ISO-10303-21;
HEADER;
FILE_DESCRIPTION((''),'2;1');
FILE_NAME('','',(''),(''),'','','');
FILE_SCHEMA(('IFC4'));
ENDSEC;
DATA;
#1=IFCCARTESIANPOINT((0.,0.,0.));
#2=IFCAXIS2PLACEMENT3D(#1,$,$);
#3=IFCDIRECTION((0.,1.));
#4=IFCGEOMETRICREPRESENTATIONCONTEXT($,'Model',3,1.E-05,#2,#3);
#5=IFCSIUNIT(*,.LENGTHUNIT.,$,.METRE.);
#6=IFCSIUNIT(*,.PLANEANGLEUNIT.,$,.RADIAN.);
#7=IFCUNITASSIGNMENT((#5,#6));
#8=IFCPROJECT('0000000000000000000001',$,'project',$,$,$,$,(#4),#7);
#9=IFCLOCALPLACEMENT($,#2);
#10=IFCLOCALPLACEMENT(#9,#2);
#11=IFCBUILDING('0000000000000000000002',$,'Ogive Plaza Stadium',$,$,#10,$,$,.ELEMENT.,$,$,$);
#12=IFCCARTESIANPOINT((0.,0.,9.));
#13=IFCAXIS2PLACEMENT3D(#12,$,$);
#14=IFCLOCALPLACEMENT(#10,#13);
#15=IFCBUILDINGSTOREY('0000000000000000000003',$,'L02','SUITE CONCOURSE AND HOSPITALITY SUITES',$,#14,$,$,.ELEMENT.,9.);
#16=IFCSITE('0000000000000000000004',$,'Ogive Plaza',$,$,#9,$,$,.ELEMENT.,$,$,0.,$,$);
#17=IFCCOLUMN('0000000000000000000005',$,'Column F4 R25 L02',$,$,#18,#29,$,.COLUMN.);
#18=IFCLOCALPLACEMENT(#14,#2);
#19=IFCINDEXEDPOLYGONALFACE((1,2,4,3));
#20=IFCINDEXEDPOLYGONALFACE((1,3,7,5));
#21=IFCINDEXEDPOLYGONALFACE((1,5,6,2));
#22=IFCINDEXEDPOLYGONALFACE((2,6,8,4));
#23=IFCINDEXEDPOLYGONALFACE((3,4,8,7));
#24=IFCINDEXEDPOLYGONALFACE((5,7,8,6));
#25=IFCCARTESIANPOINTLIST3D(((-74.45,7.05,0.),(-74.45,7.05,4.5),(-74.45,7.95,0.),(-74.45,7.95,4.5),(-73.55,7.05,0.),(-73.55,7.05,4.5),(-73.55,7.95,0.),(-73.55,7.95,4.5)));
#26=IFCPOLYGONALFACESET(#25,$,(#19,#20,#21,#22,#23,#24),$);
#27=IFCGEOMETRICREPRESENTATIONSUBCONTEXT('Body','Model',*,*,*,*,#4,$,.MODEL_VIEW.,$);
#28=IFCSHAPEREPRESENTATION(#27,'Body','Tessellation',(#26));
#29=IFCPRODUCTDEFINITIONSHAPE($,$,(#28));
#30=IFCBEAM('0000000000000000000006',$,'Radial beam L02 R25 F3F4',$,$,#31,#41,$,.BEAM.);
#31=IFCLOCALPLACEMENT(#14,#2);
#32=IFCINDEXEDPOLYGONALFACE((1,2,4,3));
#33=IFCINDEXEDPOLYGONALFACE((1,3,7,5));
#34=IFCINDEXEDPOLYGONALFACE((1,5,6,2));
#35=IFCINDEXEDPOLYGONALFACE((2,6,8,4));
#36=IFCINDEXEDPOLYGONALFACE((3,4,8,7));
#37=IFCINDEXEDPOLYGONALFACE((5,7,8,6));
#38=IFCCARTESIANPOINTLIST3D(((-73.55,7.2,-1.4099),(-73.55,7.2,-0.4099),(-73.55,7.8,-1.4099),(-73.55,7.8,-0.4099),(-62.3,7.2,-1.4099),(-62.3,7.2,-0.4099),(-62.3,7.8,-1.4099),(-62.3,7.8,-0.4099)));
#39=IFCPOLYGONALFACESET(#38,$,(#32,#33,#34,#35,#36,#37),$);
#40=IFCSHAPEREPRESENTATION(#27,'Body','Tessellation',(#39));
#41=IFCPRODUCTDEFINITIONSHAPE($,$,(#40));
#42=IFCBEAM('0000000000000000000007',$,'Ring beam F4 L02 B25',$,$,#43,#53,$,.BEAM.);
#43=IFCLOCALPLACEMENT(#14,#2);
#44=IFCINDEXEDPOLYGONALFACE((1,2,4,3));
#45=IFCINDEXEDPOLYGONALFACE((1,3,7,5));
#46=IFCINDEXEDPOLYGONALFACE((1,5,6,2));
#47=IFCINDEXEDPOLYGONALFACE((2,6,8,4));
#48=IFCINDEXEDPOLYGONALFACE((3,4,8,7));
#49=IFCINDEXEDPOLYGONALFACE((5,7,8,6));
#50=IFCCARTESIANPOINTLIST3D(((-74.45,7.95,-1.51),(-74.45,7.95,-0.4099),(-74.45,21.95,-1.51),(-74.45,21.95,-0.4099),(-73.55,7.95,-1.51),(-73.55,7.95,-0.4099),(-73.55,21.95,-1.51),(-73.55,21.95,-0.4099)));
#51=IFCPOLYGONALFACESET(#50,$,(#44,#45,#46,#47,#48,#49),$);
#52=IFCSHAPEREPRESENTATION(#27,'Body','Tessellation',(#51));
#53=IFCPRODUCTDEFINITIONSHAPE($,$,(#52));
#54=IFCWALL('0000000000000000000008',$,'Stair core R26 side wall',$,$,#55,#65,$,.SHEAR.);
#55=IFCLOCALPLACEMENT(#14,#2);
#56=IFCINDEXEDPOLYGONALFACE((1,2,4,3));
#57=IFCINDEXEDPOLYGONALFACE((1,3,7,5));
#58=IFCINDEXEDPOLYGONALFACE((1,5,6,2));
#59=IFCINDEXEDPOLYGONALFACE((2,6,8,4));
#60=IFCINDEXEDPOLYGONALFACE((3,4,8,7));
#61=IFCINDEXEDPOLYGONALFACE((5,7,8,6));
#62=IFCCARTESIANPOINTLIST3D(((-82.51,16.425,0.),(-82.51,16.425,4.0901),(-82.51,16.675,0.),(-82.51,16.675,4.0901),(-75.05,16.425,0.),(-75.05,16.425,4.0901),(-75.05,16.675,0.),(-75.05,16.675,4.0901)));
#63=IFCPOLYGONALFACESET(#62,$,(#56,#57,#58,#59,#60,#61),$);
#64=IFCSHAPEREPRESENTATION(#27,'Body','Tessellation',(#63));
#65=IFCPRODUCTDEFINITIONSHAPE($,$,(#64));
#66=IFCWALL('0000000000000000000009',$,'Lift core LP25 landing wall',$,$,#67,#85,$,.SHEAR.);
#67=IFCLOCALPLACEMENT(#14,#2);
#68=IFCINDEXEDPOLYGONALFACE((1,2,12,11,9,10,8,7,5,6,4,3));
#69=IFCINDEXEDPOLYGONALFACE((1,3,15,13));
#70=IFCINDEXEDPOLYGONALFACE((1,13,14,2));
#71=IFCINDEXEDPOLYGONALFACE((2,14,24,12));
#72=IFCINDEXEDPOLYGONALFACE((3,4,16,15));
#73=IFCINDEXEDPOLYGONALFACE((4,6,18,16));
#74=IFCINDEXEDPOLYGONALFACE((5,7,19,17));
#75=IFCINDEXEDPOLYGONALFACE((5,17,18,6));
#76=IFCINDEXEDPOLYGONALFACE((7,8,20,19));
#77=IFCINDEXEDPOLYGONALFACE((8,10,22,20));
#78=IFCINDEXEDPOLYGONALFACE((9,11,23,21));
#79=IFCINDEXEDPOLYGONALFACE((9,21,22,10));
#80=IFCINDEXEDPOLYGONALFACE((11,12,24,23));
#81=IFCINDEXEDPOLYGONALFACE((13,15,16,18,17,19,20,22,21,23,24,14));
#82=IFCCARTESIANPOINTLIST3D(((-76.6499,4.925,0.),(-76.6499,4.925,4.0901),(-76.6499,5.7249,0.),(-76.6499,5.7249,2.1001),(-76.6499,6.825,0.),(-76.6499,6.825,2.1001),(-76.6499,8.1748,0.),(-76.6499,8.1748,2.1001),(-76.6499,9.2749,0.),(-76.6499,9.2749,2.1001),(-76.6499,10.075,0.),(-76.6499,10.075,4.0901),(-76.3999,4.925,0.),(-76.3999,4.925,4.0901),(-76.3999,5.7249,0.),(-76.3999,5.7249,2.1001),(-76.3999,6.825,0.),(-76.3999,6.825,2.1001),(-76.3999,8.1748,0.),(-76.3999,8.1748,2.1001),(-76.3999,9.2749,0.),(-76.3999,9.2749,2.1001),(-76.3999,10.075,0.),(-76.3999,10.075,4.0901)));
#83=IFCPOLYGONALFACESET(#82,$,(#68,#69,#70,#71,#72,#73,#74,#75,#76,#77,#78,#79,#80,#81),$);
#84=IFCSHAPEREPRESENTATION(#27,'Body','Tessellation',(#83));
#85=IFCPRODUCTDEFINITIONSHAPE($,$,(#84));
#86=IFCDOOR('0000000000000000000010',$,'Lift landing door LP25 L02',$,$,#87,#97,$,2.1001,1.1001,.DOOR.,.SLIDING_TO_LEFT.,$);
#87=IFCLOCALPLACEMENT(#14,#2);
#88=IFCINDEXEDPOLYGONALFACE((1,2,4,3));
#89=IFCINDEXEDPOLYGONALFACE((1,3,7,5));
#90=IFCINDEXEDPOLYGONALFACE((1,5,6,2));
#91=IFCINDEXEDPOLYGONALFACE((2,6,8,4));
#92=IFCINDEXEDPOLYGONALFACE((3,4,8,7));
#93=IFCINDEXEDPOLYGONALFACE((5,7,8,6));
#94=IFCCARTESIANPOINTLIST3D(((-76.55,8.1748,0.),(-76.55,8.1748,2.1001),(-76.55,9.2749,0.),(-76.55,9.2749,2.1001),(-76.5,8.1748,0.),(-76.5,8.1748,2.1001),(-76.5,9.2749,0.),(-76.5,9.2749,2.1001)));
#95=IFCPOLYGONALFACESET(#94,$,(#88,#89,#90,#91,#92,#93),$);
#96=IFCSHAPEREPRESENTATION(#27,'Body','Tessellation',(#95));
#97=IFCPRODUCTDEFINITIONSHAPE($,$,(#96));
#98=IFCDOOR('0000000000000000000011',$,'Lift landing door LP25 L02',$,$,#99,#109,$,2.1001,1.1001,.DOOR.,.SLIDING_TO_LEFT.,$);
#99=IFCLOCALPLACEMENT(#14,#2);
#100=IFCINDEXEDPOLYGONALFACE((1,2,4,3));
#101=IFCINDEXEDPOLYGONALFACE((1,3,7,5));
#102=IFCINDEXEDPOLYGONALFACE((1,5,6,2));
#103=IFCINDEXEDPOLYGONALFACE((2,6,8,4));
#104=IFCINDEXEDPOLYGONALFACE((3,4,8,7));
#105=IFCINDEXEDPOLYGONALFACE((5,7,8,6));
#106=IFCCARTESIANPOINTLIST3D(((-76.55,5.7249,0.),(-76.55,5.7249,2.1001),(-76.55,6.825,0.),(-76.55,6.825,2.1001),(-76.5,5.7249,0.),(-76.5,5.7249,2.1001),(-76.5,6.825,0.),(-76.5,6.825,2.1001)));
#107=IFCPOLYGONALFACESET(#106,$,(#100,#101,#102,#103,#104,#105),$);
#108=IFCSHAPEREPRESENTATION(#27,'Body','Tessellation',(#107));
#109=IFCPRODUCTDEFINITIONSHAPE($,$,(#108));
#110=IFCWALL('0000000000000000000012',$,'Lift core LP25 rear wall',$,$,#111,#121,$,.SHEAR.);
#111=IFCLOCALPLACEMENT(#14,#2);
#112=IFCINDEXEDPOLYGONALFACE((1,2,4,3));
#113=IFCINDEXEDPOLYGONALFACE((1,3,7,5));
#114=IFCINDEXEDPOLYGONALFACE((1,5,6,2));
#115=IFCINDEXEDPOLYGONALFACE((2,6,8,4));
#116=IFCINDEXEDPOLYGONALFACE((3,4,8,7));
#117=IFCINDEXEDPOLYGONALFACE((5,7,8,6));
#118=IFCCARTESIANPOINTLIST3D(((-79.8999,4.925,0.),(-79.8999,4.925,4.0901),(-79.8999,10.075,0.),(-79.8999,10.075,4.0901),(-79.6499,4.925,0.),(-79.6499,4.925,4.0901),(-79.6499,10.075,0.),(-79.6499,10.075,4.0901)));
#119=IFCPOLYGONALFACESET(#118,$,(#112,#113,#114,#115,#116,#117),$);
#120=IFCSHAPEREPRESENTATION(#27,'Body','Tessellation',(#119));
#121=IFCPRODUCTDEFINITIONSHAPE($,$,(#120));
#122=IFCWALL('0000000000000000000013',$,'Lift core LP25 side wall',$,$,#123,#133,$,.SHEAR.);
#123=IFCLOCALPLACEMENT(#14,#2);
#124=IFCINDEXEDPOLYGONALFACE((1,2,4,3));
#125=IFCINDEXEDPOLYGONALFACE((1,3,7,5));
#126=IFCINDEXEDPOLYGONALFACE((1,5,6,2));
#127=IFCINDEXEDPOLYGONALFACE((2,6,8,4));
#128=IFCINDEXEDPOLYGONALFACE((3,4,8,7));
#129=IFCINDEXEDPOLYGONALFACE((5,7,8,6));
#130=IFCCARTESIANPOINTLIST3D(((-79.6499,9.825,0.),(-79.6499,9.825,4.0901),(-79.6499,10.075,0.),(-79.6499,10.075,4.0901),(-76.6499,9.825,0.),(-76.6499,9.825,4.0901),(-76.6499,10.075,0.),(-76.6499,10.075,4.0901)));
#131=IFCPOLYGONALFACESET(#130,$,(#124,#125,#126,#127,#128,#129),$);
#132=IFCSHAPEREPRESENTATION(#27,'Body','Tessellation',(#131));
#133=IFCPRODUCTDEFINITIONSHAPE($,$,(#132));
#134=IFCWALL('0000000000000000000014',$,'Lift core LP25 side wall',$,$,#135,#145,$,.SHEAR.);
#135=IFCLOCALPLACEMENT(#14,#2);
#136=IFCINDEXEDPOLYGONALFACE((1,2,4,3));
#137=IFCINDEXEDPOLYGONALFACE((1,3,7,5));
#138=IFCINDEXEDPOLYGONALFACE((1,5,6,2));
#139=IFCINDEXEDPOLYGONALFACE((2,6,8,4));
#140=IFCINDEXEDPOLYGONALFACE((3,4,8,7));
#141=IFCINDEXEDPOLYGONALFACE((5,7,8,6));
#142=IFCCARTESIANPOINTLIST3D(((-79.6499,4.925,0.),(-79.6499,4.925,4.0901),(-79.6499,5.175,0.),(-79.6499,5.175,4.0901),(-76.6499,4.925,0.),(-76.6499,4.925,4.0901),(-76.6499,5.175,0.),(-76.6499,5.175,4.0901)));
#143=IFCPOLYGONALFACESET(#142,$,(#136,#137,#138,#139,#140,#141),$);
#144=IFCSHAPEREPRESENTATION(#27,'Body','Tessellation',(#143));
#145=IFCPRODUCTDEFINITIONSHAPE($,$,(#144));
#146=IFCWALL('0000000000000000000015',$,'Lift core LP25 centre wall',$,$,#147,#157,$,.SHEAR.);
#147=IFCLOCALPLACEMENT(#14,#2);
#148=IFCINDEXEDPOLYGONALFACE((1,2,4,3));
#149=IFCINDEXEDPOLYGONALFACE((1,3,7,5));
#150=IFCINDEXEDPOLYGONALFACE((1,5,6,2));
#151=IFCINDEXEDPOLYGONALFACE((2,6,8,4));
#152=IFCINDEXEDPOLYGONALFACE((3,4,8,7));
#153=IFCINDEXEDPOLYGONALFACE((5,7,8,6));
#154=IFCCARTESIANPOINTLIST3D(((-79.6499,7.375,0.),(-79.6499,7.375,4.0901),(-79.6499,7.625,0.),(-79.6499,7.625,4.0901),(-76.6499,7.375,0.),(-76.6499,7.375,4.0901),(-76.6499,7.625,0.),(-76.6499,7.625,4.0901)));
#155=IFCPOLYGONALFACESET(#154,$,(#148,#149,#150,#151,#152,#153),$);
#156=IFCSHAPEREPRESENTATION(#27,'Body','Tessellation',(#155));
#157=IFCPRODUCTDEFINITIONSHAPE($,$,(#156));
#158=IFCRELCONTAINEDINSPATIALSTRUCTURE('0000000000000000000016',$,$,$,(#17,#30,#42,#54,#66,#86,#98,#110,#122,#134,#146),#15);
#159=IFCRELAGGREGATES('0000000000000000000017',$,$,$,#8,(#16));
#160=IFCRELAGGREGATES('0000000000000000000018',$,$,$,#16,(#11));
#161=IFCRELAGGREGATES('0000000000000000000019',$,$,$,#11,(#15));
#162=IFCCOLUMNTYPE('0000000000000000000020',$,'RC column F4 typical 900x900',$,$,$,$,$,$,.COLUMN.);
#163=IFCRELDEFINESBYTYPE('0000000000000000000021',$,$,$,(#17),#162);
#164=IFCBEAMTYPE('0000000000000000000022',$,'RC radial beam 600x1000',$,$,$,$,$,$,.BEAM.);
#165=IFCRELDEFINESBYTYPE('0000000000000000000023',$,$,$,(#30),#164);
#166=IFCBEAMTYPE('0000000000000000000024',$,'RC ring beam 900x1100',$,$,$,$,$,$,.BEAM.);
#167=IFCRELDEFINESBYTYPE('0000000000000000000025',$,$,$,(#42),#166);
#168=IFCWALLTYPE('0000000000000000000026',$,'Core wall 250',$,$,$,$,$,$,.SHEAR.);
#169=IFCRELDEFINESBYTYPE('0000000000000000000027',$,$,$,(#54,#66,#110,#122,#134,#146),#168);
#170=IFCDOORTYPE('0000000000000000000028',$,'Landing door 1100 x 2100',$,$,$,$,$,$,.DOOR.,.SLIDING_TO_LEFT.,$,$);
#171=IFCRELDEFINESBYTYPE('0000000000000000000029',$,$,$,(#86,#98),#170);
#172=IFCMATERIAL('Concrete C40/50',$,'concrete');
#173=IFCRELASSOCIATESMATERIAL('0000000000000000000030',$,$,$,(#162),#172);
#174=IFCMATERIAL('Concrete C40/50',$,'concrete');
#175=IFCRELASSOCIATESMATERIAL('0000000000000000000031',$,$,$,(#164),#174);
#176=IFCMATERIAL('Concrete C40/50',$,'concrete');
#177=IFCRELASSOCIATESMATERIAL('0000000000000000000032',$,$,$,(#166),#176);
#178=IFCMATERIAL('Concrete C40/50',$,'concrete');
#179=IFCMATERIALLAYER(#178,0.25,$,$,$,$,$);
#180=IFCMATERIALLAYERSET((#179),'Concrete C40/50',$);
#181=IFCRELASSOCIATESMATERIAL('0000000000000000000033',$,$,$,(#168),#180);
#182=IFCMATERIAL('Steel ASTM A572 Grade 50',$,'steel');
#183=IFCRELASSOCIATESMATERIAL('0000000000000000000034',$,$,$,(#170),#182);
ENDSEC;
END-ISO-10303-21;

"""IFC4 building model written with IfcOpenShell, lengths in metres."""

from ifc_helpers import new_model, si_unit, direction, frame, frame_2d, origin, origin_2d, place, context, subcontext, project, spatial, rectangle, extrude, material, layer, layer_set, material_profile, profile_set, type_object, element, fill, save


model = new_model("IFC4")

# Units and contexts
model_context = context("Model", 3, precision=1e-05, world=origin(), true_north=direction((0.0, 1.0)))
body_context = subcontext(model_context, "Body", "Model", "MODEL_VIEW")
ifc_project = project(units=[si_unit("LENGTHUNIT", "METRE"), si_unit("PLANEANGLEUNIT", "RADIAN")], contexts=[model_context])

# Site, building, storey
site_placement = place(None, origin())
site = spatial("IfcSite", under=ifc_project, at=site_placement, Name="Ogive Plaza", CompositionType="ELEMENT", RefElevation=0.0)
building_placement = place(site_placement, origin())
building = spatial("IfcBuilding", under=site, at=building_placement, Name="Ogive Plaza Stadium", CompositionType="ELEMENT")
storey_placement = place(building_placement, frame((0.0, 0.0, 9.0)))
storey = spatial("IfcBuildingStorey", under=building, at=storey_placement, Name="L02", Description="SUITE CONCOURSE AND HOSPITALITY SUITES", CompositionType="ELEMENT", Elevation=9.0)

# Column
ifc_material_1 = material(Name="Concrete C40/50", Category="concrete")
ifc_material_profile_1 = material_profile(ifc_material_1, rectangle(XDim=0.8999, YDim=0.8999, at=origin_2d()), Name="RC 900x900")
ifc_profile_set_1 = profile_set([ifc_material_profile_1], Name="Concrete C40/50")
column_type = type_object("IfcColumnType", Name="RC column F4 typical 900x900", PredefinedType="COLUMN", material=ifc_profile_set_1)
column_placement = place(storey_placement, frame((-74.0, 7.5, 0.0), z_axis=(0.0, 0.0, 1.0), x_axis=(0.0, -1.0, 0.0)))
element("IfcColumn", 1, at=column_placement, inside=storey, type_object=column_type, Name="Column F4 R25 L02", PredefinedType="COLUMN", context=body_context, shape_type="SweptSolid", body=[
    extrude(rectangle(XDim=0.8999, YDim=0.8999, at=origin_2d()), origin(), (0.0, 0.0, 1.0), 4.5),
])

# Beams
ifc_material_2 = material(Name="Concrete C40/50", Category="concrete")
ifc_material_profile_2 = material_profile(ifc_material_2, rectangle(XDim=0.6001, YDim=1.0, at=origin_2d()), Name="RC 600x1000")
ifc_profile_set_2 = profile_set([ifc_material_profile_2], Name="Concrete C40/50")
beam_type_1 = type_object("IfcBeamType", Name="RC radial beam 600x1000", PredefinedType="BEAM", material=ifc_profile_set_2)
beam_1_placement = place(storey_placement, frame((-62.3, 7.5, -0.9099), z_axis=(-1.0, 0.0, 0.0), x_axis=(0.0, -1.0, 0.0)))
element("IfcBeam", 2, at=beam_1_placement, inside=storey, type_object=beam_type_1, Name="Radial beam L02 R25 F3F4", PredefinedType="BEAM", context=body_context, shape_type="SweptSolid", body=[
    extrude(rectangle(XDim=0.6001, YDim=1.0, at=origin_2d()), origin(), (0.0, 0.0, 1.0), 11.25),
])
ifc_material_3 = material(Name="Concrete C40/50", Category="concrete")
ifc_material_profile_3 = material_profile(ifc_material_3, rectangle(XDim=0.8999, YDim=1.1001, at=origin_2d()), Name="RC 900x1100")
ifc_profile_set_3 = profile_set([ifc_material_profile_3], Name="Concrete C40/50")
beam_type_2 = type_object("IfcBeamType", Name="RC ring beam 900x1100", PredefinedType="BEAM", material=ifc_profile_set_3)
beam_2_placement = place(storey_placement, frame((-74.0, 7.95, -0.96), z_axis=(0.0, 1.0, 0.0), x_axis=(-1.0, 0.0, 0.0)))
element("IfcBeam", 3, at=beam_2_placement, inside=storey, type_object=beam_type_2, Name="Ring beam F4 L02 B25", PredefinedType="BEAM", context=body_context, shape_type="SweptSolid", body=[
    extrude(rectangle(XDim=0.8999, YDim=1.1001, at=origin_2d()), origin(), (0.0, 0.0, 1.0), 14.0),
])

# Wall
ifc_material_4 = material(Name="Concrete C40/50", Category="concrete")
ifc_layer = layer(ifc_material_4, 0.25)
ifc_layer_set = layer_set([ifc_layer], Name="Concrete C40/50")
wall_type = type_object("IfcWallType", Name="Core wall 250", PredefinedType="SHEAR", material=ifc_layer_set)
wall_1_placement = place(storey_placement, frame((-75.05, 16.55, 0.0), z_axis=(0.0, 0.0, 1.0), x_axis=(-1.0, 0.0, 0.0)))
element("IfcWall", 4, at=wall_1_placement, inside=storey, type_object=wall_type, Name="Stair core R26 side wall", PredefinedType="SHEAR", context=body_context, shape_type="SweptSolid", body=[
    extrude(rectangle(XDim=7.46, YDim=0.25, at=frame_2d((3.73, 0.0))), origin(), (0.0, 0.0, 1.0), 4.0901),
])

# Wall, openings, doors
wall_2_placement = place(storey_placement, frame((-76.5249, 10.075, 0.0), z_axis=(0.0, 0.0, 1.0), x_axis=(0.0, -1.0, 0.0)))
wall_2 = element("IfcWall", 5, at=wall_2_placement, inside=storey, type_object=wall_type, Name="Lift core LP25 landing wall", PredefinedType="SHEAR", context=body_context, shape_type="SweptSolid", body=[
    extrude(rectangle(XDim=5.1499, YDim=0.25, at=frame_2d((2.575, 0.0))), origin(), (0.0, 0.0, 1.0), 4.0901),
])
opening_1_placement = place(wall_2_placement, frame((0.8, 0.0, 0.0)))
opening_1 = element("IfcOpeningElement", 6, at=opening_1_placement, cuts=wall_2, PredefinedType="OPENING", context=body_context, shape_type="SweptSolid", body=[
    extrude(rectangle(XDim=1.1001, YDim=2.1001, at=frame_2d((0.55, 1.05))), frame((0.0, 0.125, 0.0), z_axis=(0.0, -1.0, 0.0), x_axis=(1.0, 0.0, 0.0)), (0.0, 0.0, 1.0), 0.25),
])
opening_2_placement = place(wall_2_placement, frame((3.25, 0.0, 0.0)))
opening_2 = element("IfcOpeningElement", 7, at=opening_2_placement, cuts=wall_2, PredefinedType="OPENING", context=body_context, shape_type="SweptSolid", body=[
    extrude(rectangle(XDim=1.1001, YDim=2.1001, at=frame_2d((0.55, 1.05))), frame((0.0, 0.125, 0.0), z_axis=(0.0, -1.0, 0.0), x_axis=(1.0, 0.0, 0.0)), (0.0, 0.0, 1.0), 0.25),
])
ifc_material_5 = material(Name="Steel ASTM A572 Grade 50", Category="steel")
door_type = type_object("IfcDoorType", Name="Landing door 1100 x 2100", OperationType="SLIDING_TO_LEFT", PredefinedType="DOOR", material=ifc_material_5)
door_1_placement = place(opening_1_placement, origin())
door_1 = element("IfcDoor", 8, at=door_1_placement, inside=storey, type_object=door_type, Name="Lift landing door LP25 L02", OperationType="SLIDING_TO_LEFT", OverallHeight=2.1001, OverallWidth=1.1001, PredefinedType="DOOR", context=body_context, shape_type="SweptSolid", body=[
    extrude(rectangle(XDim=1.1001, YDim=2.1001, at=frame_2d((0.55, 1.05))), frame((0.0, 0.0249, 0.0), z_axis=(0.0, -1.0, 0.0), x_axis=(1.0, 0.0, 0.0)), (0.0, 0.0, 1.0), 0.05),
])
fill(opening_1, door_1)
door_2_placement = place(opening_2_placement, origin())
door_2 = element("IfcDoor", 9, at=door_2_placement, inside=storey, type_object=door_type, Name="Lift landing door LP25 L02", OperationType="SLIDING_TO_LEFT", OverallHeight=2.1001, OverallWidth=1.1001, PredefinedType="DOOR", context=body_context, shape_type="SweptSolid", body=[
    extrude(rectangle(XDim=1.1001, YDim=2.1001, at=frame_2d((0.55, 1.05))), frame((0.0, 0.0249, 0.0), z_axis=(0.0, -1.0, 0.0), x_axis=(1.0, 0.0, 0.0)), (0.0, 0.0, 1.0), 0.05),
])
fill(opening_2, door_2)

# Walls
wall_3_placement = place(storey_placement, frame((-79.7749, 10.075, 0.0), z_axis=(0.0, 0.0, 1.0), x_axis=(0.0, -1.0, 0.0)))
element("IfcWall", 10, at=wall_3_placement, inside=storey, type_object=wall_type, Name="Lift core LP25 rear wall", PredefinedType="SHEAR", context=body_context, shape_type="SweptSolid", body=[
    extrude(rectangle(XDim=5.1499, YDim=0.25, at=frame_2d((2.575, 0.0))), origin(), (0.0, 0.0, 1.0), 4.0901),
])
for number, where, z_axis, x_axis, name in (
    (11, (-76.6499, 9.95, 0.0), (0.0, 0.0, 1.0), (-1.0, 0.0, 0.0), "Lift core LP25 side wall"),
    (12, (-76.6499, 5.05, 0.0), (0.0, 0.0, 1.0), (-1.0, 0.0, 0.0), "Lift core LP25 side wall"),
    (13, (-76.6499, 7.5, 0.0), (0.0, 0.0, 1.0), (-1.0, 0.0, 0.0), "Lift core LP25 centre wall"),
):
    element("IfcWall", number, at=place(storey_placement, frame(where, z_axis=z_axis, x_axis=x_axis)), inside=storey, type_object=wall_type, Name=name, PredefinedType="SHEAR", context=body_context, shape_type="SweptSolid", body=[
        extrude(rectangle(XDim=3.0, YDim=0.25, at=frame_2d((1.5, 0.0))), origin(), (0.0, 0.0, 1.0), 4.0901),
    ])

save(model, "model.ifc")
